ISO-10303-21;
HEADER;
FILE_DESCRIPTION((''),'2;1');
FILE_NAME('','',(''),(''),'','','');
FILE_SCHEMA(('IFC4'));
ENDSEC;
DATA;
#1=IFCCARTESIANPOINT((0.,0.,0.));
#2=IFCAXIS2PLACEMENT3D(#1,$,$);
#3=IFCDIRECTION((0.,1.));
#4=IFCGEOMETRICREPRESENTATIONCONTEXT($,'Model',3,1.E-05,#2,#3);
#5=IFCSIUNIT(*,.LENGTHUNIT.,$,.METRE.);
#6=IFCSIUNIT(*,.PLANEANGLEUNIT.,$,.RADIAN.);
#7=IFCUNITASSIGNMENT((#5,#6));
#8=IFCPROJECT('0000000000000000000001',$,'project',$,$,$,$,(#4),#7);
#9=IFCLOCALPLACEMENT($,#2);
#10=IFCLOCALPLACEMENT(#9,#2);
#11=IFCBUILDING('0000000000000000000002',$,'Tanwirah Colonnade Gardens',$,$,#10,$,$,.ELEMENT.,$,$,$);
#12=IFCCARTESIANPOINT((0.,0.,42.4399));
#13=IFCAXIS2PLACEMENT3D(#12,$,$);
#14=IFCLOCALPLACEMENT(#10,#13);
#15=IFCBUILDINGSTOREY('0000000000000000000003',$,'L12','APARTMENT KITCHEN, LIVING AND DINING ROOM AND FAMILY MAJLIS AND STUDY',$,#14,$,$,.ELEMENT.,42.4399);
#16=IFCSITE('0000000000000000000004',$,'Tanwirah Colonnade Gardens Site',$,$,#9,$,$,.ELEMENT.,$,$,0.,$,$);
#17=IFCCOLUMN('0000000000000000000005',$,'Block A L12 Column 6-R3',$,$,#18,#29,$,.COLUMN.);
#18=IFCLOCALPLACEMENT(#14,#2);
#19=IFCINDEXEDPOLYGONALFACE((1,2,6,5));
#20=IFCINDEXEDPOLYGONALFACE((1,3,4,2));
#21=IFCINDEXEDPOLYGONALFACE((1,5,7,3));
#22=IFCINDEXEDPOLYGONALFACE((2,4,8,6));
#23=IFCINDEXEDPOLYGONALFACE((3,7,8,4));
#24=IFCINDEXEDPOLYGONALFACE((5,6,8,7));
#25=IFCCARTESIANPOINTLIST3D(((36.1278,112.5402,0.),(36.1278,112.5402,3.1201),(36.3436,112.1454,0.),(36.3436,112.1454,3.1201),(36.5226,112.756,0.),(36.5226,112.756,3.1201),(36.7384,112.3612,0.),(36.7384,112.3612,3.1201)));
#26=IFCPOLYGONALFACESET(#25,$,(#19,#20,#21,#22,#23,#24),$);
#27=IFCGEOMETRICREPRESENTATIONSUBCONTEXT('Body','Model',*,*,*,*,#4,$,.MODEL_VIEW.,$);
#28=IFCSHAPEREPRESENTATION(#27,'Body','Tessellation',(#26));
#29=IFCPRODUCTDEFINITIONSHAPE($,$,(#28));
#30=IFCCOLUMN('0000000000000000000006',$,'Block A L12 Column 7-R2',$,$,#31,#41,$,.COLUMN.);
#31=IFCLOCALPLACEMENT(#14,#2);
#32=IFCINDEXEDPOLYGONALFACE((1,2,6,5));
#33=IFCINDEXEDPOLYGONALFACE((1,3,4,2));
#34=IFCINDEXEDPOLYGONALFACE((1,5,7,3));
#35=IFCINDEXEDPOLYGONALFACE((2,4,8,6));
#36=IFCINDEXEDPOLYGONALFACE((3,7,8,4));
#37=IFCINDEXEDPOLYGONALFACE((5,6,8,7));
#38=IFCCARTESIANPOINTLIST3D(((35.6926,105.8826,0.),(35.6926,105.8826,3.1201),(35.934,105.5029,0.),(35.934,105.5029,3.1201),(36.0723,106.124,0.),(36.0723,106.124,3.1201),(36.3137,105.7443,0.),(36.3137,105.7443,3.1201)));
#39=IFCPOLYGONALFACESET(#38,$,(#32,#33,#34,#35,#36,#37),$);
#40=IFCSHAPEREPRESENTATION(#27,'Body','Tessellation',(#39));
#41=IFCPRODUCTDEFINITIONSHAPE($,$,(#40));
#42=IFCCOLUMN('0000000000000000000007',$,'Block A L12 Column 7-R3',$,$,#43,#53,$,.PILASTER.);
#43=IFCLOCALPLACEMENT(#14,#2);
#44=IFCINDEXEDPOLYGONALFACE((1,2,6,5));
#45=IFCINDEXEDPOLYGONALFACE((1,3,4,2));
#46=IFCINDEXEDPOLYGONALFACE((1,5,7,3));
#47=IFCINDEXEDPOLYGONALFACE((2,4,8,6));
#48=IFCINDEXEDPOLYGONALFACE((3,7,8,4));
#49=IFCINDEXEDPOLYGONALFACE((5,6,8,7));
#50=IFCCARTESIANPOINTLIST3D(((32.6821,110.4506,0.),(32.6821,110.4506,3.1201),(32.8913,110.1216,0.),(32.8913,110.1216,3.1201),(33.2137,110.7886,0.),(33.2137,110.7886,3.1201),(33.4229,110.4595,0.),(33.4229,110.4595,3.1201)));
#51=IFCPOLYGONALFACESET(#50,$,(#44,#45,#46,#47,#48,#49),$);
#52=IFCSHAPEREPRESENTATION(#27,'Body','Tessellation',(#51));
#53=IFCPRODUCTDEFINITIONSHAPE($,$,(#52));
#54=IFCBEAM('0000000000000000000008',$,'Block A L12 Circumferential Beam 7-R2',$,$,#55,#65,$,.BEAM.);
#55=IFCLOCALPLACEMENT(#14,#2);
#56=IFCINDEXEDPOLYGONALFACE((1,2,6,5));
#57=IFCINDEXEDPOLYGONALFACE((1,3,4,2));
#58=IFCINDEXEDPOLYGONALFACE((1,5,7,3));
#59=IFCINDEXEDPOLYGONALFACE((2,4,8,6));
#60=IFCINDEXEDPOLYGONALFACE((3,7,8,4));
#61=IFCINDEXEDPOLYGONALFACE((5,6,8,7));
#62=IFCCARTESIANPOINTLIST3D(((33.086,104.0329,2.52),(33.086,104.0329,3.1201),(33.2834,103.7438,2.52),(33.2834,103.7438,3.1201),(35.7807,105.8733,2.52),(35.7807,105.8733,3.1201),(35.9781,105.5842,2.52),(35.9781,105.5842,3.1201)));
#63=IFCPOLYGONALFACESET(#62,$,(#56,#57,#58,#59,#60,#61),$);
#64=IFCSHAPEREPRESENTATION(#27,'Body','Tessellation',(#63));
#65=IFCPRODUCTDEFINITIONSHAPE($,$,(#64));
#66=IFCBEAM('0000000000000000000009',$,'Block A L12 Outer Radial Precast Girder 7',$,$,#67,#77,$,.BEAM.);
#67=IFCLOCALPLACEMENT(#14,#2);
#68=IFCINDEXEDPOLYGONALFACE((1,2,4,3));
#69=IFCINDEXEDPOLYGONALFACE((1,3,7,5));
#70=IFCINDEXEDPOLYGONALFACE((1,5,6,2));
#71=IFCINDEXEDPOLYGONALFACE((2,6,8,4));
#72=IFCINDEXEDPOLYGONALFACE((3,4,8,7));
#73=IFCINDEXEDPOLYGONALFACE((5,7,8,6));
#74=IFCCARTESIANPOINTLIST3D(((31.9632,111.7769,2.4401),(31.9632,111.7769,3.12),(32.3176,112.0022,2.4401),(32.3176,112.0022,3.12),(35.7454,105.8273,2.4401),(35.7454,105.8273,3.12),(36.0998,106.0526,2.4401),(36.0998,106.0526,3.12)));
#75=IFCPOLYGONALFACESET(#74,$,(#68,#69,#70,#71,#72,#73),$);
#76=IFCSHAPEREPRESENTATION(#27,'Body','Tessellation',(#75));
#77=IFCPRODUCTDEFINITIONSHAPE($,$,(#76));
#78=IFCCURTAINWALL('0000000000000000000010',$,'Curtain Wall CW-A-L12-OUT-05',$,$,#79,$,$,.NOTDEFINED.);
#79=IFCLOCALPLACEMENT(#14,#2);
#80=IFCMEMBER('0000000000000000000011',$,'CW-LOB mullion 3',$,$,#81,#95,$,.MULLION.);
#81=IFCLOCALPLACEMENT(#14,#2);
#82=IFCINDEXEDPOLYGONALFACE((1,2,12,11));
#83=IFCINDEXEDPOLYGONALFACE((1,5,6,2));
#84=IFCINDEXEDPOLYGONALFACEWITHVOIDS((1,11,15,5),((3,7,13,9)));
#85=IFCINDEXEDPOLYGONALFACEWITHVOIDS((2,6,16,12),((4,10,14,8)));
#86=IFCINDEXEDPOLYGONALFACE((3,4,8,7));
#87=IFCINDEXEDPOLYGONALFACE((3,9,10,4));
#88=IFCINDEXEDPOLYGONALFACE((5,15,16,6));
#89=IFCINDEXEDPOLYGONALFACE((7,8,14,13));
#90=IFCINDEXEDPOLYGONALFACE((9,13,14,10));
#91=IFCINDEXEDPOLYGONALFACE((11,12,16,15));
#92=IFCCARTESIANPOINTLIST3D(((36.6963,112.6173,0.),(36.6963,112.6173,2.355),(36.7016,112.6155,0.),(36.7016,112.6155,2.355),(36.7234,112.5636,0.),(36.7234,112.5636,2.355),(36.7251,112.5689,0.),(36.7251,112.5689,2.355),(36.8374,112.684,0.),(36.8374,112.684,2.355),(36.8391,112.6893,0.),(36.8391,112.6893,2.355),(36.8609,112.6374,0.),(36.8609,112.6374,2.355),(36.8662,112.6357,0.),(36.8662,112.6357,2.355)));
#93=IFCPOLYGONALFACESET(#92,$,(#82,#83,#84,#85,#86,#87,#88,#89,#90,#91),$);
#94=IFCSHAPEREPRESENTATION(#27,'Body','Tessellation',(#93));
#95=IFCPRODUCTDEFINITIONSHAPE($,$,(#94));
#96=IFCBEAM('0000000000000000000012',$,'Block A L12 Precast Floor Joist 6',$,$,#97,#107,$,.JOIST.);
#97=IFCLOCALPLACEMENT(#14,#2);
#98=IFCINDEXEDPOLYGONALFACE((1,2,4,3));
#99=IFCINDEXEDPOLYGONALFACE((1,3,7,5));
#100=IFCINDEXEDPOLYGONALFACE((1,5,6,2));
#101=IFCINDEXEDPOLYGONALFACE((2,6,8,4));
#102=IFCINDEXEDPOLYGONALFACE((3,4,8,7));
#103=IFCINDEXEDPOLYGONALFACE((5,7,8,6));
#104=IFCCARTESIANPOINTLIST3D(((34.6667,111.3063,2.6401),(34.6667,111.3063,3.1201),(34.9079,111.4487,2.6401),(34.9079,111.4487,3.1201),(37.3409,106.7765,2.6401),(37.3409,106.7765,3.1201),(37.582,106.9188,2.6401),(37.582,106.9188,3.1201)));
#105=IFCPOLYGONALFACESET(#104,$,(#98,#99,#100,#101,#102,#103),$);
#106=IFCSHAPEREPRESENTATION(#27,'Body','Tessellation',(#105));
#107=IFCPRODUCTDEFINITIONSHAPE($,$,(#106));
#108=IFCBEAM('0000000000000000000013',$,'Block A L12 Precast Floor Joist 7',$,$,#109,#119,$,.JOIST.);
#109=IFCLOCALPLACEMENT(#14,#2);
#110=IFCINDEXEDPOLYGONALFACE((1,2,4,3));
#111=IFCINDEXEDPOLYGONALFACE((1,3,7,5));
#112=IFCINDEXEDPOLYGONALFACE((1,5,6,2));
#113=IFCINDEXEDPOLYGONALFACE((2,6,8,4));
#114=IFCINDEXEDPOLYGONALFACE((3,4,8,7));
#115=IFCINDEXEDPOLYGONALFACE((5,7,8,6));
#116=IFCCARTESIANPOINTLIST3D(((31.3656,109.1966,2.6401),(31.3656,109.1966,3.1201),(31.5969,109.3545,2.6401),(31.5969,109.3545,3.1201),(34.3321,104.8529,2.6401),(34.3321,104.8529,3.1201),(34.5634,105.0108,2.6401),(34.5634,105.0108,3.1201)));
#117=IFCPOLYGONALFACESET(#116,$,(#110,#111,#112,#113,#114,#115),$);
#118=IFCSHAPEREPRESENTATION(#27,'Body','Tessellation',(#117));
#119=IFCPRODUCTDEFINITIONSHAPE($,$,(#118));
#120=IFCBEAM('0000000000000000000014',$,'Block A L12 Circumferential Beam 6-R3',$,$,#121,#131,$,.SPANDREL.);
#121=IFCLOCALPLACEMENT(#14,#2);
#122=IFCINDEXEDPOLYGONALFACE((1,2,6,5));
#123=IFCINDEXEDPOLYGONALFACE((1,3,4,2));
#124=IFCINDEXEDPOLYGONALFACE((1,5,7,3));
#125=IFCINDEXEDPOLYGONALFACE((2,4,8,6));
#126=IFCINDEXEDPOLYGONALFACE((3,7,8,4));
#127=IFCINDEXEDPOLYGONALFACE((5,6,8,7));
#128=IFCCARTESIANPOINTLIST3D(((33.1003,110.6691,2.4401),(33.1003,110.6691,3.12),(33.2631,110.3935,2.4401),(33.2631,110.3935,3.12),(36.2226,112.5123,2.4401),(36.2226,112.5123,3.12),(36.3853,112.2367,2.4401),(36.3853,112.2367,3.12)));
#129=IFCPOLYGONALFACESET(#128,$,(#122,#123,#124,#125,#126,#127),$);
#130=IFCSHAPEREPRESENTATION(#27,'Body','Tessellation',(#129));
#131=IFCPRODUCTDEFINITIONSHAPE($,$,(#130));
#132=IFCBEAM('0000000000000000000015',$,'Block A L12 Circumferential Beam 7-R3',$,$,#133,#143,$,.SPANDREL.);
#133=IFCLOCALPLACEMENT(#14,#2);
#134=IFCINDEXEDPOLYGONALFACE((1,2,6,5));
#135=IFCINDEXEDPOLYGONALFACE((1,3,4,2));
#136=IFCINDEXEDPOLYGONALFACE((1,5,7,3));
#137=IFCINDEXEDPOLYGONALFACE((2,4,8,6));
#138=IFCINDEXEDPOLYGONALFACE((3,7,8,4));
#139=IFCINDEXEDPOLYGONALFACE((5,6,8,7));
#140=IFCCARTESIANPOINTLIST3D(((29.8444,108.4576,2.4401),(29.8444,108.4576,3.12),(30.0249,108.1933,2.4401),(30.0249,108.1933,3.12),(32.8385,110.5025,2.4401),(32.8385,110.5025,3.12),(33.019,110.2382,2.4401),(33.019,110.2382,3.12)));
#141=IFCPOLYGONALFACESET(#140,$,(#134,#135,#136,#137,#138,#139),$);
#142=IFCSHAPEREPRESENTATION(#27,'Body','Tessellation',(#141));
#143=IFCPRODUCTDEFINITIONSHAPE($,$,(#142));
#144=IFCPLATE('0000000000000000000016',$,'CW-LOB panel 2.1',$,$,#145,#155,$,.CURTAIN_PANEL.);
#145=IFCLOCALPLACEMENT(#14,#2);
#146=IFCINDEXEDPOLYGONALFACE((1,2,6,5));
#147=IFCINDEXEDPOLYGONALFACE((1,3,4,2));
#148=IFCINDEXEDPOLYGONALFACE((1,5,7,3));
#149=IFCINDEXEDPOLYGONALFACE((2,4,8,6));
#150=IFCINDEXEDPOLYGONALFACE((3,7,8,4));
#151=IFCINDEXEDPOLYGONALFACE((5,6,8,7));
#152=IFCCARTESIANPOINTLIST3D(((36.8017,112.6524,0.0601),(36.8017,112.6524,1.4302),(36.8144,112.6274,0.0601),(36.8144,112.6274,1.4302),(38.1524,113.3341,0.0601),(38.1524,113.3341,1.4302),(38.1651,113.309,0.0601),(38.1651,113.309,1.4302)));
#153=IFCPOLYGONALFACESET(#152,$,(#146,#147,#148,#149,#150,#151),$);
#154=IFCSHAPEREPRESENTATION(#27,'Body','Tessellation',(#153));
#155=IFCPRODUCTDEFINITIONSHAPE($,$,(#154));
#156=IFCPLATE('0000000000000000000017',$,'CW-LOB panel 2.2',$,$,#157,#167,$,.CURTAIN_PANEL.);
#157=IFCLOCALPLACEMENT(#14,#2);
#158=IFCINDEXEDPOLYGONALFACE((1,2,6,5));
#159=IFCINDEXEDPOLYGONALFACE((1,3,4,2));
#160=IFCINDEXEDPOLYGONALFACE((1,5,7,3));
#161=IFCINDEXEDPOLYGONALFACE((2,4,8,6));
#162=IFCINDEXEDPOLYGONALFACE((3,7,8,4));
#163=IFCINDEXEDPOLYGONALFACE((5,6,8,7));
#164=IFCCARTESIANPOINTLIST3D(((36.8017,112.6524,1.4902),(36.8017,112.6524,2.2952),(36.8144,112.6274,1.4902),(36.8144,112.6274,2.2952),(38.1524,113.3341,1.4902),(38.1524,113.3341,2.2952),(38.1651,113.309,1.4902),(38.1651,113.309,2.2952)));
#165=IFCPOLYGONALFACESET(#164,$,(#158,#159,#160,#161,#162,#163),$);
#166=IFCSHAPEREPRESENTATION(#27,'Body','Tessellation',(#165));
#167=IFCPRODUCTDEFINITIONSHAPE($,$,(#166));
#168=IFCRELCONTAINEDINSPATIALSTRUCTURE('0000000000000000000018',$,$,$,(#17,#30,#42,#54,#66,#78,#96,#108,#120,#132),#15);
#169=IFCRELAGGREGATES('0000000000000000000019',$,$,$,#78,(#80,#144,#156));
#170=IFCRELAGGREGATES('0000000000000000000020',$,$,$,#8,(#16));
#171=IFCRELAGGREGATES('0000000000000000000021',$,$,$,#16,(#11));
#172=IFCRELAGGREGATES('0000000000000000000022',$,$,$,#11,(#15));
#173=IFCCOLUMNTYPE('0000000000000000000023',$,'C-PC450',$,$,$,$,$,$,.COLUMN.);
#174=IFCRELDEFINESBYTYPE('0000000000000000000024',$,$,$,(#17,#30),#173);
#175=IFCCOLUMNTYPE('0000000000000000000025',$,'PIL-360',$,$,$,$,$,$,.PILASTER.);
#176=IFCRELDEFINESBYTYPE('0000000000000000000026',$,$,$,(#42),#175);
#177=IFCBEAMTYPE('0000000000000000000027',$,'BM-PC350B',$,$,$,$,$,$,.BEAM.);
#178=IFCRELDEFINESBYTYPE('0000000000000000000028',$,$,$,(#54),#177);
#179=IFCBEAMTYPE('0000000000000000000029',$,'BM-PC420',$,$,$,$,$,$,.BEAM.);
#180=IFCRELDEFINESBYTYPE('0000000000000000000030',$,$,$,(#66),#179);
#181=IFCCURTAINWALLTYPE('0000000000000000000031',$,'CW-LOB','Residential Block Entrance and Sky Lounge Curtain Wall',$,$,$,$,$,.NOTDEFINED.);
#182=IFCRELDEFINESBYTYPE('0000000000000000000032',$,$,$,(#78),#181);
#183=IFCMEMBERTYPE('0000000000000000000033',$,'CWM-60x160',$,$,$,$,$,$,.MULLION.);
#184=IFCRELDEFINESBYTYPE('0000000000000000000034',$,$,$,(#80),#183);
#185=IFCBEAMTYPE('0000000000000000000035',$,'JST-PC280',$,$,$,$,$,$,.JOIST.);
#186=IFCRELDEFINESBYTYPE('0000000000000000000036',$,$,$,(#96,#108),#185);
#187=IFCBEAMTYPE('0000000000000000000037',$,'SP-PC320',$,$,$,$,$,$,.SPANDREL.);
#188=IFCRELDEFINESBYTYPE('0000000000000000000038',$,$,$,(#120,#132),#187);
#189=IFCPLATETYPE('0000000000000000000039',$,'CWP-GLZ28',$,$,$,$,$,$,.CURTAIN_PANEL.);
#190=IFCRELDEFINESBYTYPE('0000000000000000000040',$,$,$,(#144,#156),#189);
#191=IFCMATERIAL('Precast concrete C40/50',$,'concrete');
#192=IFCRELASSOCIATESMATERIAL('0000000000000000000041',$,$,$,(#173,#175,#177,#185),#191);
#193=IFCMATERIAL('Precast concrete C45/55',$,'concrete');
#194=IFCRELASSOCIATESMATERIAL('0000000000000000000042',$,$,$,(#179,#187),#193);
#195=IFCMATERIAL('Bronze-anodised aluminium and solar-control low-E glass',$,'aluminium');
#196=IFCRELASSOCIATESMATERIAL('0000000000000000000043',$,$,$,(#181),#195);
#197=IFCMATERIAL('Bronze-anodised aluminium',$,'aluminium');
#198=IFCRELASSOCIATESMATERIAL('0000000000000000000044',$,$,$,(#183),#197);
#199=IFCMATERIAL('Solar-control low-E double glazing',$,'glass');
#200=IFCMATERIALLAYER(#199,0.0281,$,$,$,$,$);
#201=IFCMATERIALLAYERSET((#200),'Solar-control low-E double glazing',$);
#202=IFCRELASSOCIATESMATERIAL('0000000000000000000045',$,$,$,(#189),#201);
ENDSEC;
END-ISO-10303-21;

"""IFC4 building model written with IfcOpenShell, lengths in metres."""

from ifc_helpers import new_model, si_unit, direction, frame, origin, origin_2d, place, context, subcontext, project, spatial, rectangle, hollow_rectangle, extrude, material, layer, layer_set, material_profile, profile_set, type_object, element, aggregate, save


model = new_model("IFC4")

# Units and contexts
model_context = context("Model", 3, precision=1e-05, world=origin(), true_north=direction((0.0, 1.0)))
body_context = subcontext(model_context, "Body", "Model", "MODEL_VIEW")
ifc_project = project(units=[si_unit("LENGTHUNIT", "METRE"), si_unit("PLANEANGLEUNIT", "RADIAN")], contexts=[model_context])

# Site, building, storey
site_placement = place(None, origin())
site = spatial("IfcSite", under=ifc_project, at=site_placement, Name="Tanwirah Colonnade Gardens Site", CompositionType="ELEMENT", RefElevation=0.0)
building_placement = place(site_placement, origin())
building = spatial("IfcBuilding", under=site, at=building_placement, Name="Tanwirah Colonnade Gardens", CompositionType="ELEMENT")
storey_placement = place(building_placement, frame((0.0, 0.0, 42.4399)))
storey = spatial("IfcBuildingStorey", under=building, at=storey_placement, Name="L12", Description="APARTMENT KITCHEN, LIVING AND DINING ROOM AND FAMILY MAJLIS AND STUDY", CompositionType="ELEMENT", Elevation=42.4399)

# Columns
ifc_material_1 = material(Name="Precast concrete C40/50", Category="concrete")
ifc_material_profile_1 = material_profile(ifc_material_1, rectangle(XDim=0.45, YDim=0.45, at=origin_2d()), Name="PC-COL 450x450")
ifc_profile_set_1 = profile_set([ifc_material_profile_1], Name="Precast concrete C40/50")
column_type_1 = type_object("IfcColumnType", Name="C-PC450", PredefinedType="COLUMN", material=ifc_profile_set_1)
for number, where, z_axis, x_axis, name in (
    (1, (36.4331, 112.4507, 0.0), (0.0, 0.0, 1.0), (-0.479713, 0.877425, 0.0), "Block A L12 Column 6-R3"),
    (2, (36.0032, 105.8135, 0.0), (0.0, 0.0, 1.0), (-0.536482, 0.843912, 0.0), "Block A L12 Column 7-R2"),
):
    element("IfcColumn", number, at=place(storey_placement, frame(where, z_axis=z_axis, x_axis=x_axis)), inside=storey, type_object=column_type_1, Name=name, PredefinedType="COLUMN", context=body_context, shape_type="SweptSolid", body=[
        extrude(rectangle(XDim=0.45, YDim=0.45, at=origin_2d()), origin(), (0.0, 0.0, 1.0), 3.1201),
    ])
ifc_material_profile_2 = material_profile(ifc_material_1, rectangle(XDim=0.3899, YDim=0.6299, at=origin_2d()), Name="PC-PIL 390x630")
ifc_profile_set_2 = profile_set([ifc_material_profile_2], Name="Precast concrete C40/50")
column_type_2 = type_object("IfcColumnType", Name="PIL-360", PredefinedType="PILASTER", material=ifc_profile_set_2)
column_placement = place(storey_placement, frame((33.0525, 110.4551, 0.0), z_axis=(0.0, 0.0, 1.0), x_axis=(-0.536482, 0.843912, 0.0)))
element("IfcColumn", 3, at=column_placement, inside=storey, type_object=column_type_2, Name="Block A L12 Column 7-R3", PredefinedType="PILASTER", context=body_context, shape_type="SweptSolid", body=[
    extrude(rectangle(XDim=0.3899, YDim=0.6299, at=origin_2d()), origin(), (0.0, 0.0, 1.0), 3.1201),
])

# Beams
ifc_material_profile_3 = material_profile(ifc_material_1, rectangle(XDim=0.3501, YDim=0.6001, at=origin_2d()), Name="PC-BM 350x600")
ifc_profile_set_3 = profile_set([ifc_material_profile_3], Name="Precast concrete C40/50")
beam_type_1 = type_object("IfcBeamType", Name="BM-PC350B", PredefinedType="BEAM", material=ifc_profile_set_3)
beam_1_placement = place(storey_placement, frame((35.8794, 105.7288, 2.8201), z_axis=(-0.825782, -0.563989, 0.0), x_axis=(0.563989, -0.825782, 0.0)))
element("IfcBeam", 4, at=beam_1_placement, inside=storey, type_object=beam_type_1, Name="Block A L12 Circumferential Beam 7-R2", PredefinedType="BEAM", context=body_context, shape_type="SweptSolid", body=[
    extrude(rectangle(XDim=0.3501, YDim=0.6001, at=origin_2d()), origin(), (0.0, 0.0, 1.0), 3.2632),
])
ifc_material_2 = material(Name="Precast concrete C45/55", Category="concrete")
ifc_material_profile_4 = material_profile(ifc_material_2, rectangle(XDim=0.4199, YDim=0.6799, at=origin_2d()), Name="PC-BM 420x680")
ifc_profile_set_4 = profile_set([ifc_material_profile_4], Name="Precast concrete C45/55")
beam_type_2 = type_object("IfcBeamType", Name="BM-PC420", PredefinedType="BEAM", material=ifc_profile_set_4)
beam_2_placement = place(storey_placement, frame((35.9226, 105.9399, 2.78), z_axis=(-0.536477, 0.843915, 0.0), x_axis=(-0.843915, -0.536477, 0.0)))
element("IfcBeam", 5, at=beam_2_placement, inside=storey, type_object=beam_type_2, Name="Block A L12 Outer Radial Precast Girder 7", PredefinedType="BEAM", context=body_context, shape_type="SweptSolid", body=[
    extrude(rectangle(XDim=0.4199, YDim=0.6799, at=origin_2d()), origin(), (0.0, 0.0, 1.0), 7.05),
])

# Curtain wall, member
ifc_material_3 = material(Name="Bronze-anodised aluminium and solar-control low-E glass", Category="aluminium")
curtain_wall_type = type_object("IfcCurtainWallType", Name="CW-LOB", Description="Residential Block Entrance and Sky Lounge Curtain Wall", PredefinedType="NOTDEFINED", material=ifc_material_3)
curtain_wall_placement = place(storey_placement, origin())
curtain_wall = element("IfcCurtainWall", 6, at=curtain_wall_placement, inside=storey, type_object=curtain_wall_type, Name="Curtain Wall CW-A-L12-OUT-05", PredefinedType="NOTDEFINED")
ifc_material_4 = material(Name="Bronze-anodised aluminium", Category="aluminium")
ifc_material_profile_5 = material_profile(ifc_material_4, hollow_rectangle(XDim=0.0601, YDim=0.1599, WallThickness=0.0039, at=origin_2d()), Name="CW-MUL 60x160x4")
ifc_profile_set_5 = profile_set([ifc_material_profile_5], Name="Bronze-anodised aluminium")
member_type = type_object("IfcMemberType", Name="CWM-60x160", PredefinedType="MULLION", material=ifc_profile_set_5)
member_placement = place(storey_placement, frame((36.7812, 112.6265, 0.0), z_axis=(0.0, 0.0, 1.0), x_axis=(0.450532, -0.89276, 0.0)))
member = element("IfcMember", 7, at=member_placement, type_object=member_type, Name="CW-LOB mullion 3", PredefinedType="MULLION", context=body_context, shape_type="SweptSolid", body=[
    extrude(hollow_rectangle(XDim=0.0601, YDim=0.1599, WallThickness=0.0039, at=origin_2d()), origin(), (0.0, 0.0, 1.0), 2.355),
])

# Beams
ifc_material_profile_6 = material_profile(ifc_material_1, rectangle(XDim=0.28, YDim=0.48, at=origin_2d()), Name="PC-JST 280x480")
ifc_profile_set_6 = profile_set([ifc_material_profile_6], Name="Precast concrete C40/50")
beam_type_3 = type_object("IfcBeamType", Name="JST-PC280", PredefinedType="JOIST", material=ifc_profile_set_6)
beam_3_placement = place(storey_placement, frame((37.4614, 106.8477, 2.8801), z_axis=(-0.50836, 0.861145, 0.0), x_axis=(-0.861145, -0.50836, 0.0)))
element("IfcBeam", 8, at=beam_3_placement, inside=storey, type_object=beam_type_3, Name="Block A L12 Precast Floor Joist 6", PredefinedType="JOIST", context=body_context, shape_type="SweptSolid", body=[
    extrude(rectangle(XDim=0.28, YDim=0.48, at=origin_2d()), origin(), (0.0, 0.0, 1.0), 5.2603),
])
beam_4_placement = place(storey_placement, frame((34.4478, 104.9319, 2.8801), z_axis=(-0.563973, 0.825793, 0.0), x_axis=(-0.825793, -0.563973, 0.0)))
element("IfcBeam", 9, at=beam_4_placement, inside=storey, type_object=beam_type_3, Name="Block A L12 Precast Floor Joist 7", PredefinedType="JOIST", context=body_context, shape_type="SweptSolid", body=[
    extrude(rectangle(XDim=0.28, YDim=0.48, at=origin_2d()), origin(), (0.0, 0.0, 1.0), 5.26),
])
ifc_material_profile_7 = material_profile(ifc_material_2, rectangle(XDim=0.3201, YDim=0.6799, at=origin_2d()), Name="PC-SP 320x680")
ifc_profile_set_7 = profile_set([ifc_material_profile_7], Name="Precast concrete C45/55")
beam_type_4 = type_object("IfcBeamType", Name="SP-PC320", PredefinedType="SPANDREL", material=ifc_profile_set_7)
for number, where, z_axis, x_axis, name in (
    (10, (36.304, 112.3745, 2.78), (-0.861137, -0.508373, 0.0), (0.508373, -0.861137, 0.0), "Block A L12 Circumferential Beam 6-R3"),
    (11, (32.9287, 110.3704, 2.78), (-0.825783, -0.563989, 0.0), (0.563989, -0.825783, 0.0), "Block A L12 Circumferential Beam 7-R3"),
):
    element("IfcBeam", number, at=place(storey_placement, frame(where, z_axis=z_axis, x_axis=x_axis)), inside=storey, type_object=beam_type_4, Name=name, PredefinedType="SPANDREL", context=body_context, shape_type="SweptSolid", body=[
        extrude(rectangle(XDim=0.3201, YDim=0.6799, at=origin_2d()), origin(), (0.0, 0.0, 1.0), 3.6257),
    ])

# Plates
ifc_material_5 = material(Name="Solar-control low-E double glazing", Category="glass")
ifc_layer_1 = layer(ifc_material_5, 0.0281)
ifc_layer_set_1 = layer_set([ifc_layer_1], Name="Solar-control low-E double glazing")
plate_type = type_object("IfcPlateType", Name="CWP-GLZ28", PredefinedType="CURTAIN_PANEL", material=ifc_layer_set_1)
plate_1_placement = place(storey_placement, frame((37.4834, 112.9807, 0.0601), z_axis=(0.0, 0.0, 1.0), x_axis=(-0.89276, -0.450532, 0.0)))
plate_1 = element("IfcPlate", 12, at=plate_1_placement, type_object=plate_type, Name="CW-LOB panel 2.1", PredefinedType="CURTAIN_PANEL", context=body_context, shape_type="SweptSolid", body=[
    extrude(rectangle(XDim=1.5129, YDim=0.0281, at=origin_2d()), origin(), (0.0, 0.0, 1.0), 1.3701),
])
plate_2_placement = place(storey_placement, frame((37.4834, 112.9807, 1.4902), z_axis=(0.0, 0.0, 1.0), x_axis=(-0.89276, -0.450532, 0.0)))
plate_2 = element("IfcPlate", 13, at=plate_2_placement, type_object=plate_type, Name="CW-LOB panel 2.2", PredefinedType="CURTAIN_PANEL", context=body_context, shape_type="SweptSolid", body=[
    extrude(rectangle(XDim=1.5129, YDim=0.0281, at=origin_2d()), origin(), (0.0, 0.0, 1.0), 0.8049),
])
aggregate(curtain_wall, [member, plate_1, plate_2])

save(model, "model.ifc")
